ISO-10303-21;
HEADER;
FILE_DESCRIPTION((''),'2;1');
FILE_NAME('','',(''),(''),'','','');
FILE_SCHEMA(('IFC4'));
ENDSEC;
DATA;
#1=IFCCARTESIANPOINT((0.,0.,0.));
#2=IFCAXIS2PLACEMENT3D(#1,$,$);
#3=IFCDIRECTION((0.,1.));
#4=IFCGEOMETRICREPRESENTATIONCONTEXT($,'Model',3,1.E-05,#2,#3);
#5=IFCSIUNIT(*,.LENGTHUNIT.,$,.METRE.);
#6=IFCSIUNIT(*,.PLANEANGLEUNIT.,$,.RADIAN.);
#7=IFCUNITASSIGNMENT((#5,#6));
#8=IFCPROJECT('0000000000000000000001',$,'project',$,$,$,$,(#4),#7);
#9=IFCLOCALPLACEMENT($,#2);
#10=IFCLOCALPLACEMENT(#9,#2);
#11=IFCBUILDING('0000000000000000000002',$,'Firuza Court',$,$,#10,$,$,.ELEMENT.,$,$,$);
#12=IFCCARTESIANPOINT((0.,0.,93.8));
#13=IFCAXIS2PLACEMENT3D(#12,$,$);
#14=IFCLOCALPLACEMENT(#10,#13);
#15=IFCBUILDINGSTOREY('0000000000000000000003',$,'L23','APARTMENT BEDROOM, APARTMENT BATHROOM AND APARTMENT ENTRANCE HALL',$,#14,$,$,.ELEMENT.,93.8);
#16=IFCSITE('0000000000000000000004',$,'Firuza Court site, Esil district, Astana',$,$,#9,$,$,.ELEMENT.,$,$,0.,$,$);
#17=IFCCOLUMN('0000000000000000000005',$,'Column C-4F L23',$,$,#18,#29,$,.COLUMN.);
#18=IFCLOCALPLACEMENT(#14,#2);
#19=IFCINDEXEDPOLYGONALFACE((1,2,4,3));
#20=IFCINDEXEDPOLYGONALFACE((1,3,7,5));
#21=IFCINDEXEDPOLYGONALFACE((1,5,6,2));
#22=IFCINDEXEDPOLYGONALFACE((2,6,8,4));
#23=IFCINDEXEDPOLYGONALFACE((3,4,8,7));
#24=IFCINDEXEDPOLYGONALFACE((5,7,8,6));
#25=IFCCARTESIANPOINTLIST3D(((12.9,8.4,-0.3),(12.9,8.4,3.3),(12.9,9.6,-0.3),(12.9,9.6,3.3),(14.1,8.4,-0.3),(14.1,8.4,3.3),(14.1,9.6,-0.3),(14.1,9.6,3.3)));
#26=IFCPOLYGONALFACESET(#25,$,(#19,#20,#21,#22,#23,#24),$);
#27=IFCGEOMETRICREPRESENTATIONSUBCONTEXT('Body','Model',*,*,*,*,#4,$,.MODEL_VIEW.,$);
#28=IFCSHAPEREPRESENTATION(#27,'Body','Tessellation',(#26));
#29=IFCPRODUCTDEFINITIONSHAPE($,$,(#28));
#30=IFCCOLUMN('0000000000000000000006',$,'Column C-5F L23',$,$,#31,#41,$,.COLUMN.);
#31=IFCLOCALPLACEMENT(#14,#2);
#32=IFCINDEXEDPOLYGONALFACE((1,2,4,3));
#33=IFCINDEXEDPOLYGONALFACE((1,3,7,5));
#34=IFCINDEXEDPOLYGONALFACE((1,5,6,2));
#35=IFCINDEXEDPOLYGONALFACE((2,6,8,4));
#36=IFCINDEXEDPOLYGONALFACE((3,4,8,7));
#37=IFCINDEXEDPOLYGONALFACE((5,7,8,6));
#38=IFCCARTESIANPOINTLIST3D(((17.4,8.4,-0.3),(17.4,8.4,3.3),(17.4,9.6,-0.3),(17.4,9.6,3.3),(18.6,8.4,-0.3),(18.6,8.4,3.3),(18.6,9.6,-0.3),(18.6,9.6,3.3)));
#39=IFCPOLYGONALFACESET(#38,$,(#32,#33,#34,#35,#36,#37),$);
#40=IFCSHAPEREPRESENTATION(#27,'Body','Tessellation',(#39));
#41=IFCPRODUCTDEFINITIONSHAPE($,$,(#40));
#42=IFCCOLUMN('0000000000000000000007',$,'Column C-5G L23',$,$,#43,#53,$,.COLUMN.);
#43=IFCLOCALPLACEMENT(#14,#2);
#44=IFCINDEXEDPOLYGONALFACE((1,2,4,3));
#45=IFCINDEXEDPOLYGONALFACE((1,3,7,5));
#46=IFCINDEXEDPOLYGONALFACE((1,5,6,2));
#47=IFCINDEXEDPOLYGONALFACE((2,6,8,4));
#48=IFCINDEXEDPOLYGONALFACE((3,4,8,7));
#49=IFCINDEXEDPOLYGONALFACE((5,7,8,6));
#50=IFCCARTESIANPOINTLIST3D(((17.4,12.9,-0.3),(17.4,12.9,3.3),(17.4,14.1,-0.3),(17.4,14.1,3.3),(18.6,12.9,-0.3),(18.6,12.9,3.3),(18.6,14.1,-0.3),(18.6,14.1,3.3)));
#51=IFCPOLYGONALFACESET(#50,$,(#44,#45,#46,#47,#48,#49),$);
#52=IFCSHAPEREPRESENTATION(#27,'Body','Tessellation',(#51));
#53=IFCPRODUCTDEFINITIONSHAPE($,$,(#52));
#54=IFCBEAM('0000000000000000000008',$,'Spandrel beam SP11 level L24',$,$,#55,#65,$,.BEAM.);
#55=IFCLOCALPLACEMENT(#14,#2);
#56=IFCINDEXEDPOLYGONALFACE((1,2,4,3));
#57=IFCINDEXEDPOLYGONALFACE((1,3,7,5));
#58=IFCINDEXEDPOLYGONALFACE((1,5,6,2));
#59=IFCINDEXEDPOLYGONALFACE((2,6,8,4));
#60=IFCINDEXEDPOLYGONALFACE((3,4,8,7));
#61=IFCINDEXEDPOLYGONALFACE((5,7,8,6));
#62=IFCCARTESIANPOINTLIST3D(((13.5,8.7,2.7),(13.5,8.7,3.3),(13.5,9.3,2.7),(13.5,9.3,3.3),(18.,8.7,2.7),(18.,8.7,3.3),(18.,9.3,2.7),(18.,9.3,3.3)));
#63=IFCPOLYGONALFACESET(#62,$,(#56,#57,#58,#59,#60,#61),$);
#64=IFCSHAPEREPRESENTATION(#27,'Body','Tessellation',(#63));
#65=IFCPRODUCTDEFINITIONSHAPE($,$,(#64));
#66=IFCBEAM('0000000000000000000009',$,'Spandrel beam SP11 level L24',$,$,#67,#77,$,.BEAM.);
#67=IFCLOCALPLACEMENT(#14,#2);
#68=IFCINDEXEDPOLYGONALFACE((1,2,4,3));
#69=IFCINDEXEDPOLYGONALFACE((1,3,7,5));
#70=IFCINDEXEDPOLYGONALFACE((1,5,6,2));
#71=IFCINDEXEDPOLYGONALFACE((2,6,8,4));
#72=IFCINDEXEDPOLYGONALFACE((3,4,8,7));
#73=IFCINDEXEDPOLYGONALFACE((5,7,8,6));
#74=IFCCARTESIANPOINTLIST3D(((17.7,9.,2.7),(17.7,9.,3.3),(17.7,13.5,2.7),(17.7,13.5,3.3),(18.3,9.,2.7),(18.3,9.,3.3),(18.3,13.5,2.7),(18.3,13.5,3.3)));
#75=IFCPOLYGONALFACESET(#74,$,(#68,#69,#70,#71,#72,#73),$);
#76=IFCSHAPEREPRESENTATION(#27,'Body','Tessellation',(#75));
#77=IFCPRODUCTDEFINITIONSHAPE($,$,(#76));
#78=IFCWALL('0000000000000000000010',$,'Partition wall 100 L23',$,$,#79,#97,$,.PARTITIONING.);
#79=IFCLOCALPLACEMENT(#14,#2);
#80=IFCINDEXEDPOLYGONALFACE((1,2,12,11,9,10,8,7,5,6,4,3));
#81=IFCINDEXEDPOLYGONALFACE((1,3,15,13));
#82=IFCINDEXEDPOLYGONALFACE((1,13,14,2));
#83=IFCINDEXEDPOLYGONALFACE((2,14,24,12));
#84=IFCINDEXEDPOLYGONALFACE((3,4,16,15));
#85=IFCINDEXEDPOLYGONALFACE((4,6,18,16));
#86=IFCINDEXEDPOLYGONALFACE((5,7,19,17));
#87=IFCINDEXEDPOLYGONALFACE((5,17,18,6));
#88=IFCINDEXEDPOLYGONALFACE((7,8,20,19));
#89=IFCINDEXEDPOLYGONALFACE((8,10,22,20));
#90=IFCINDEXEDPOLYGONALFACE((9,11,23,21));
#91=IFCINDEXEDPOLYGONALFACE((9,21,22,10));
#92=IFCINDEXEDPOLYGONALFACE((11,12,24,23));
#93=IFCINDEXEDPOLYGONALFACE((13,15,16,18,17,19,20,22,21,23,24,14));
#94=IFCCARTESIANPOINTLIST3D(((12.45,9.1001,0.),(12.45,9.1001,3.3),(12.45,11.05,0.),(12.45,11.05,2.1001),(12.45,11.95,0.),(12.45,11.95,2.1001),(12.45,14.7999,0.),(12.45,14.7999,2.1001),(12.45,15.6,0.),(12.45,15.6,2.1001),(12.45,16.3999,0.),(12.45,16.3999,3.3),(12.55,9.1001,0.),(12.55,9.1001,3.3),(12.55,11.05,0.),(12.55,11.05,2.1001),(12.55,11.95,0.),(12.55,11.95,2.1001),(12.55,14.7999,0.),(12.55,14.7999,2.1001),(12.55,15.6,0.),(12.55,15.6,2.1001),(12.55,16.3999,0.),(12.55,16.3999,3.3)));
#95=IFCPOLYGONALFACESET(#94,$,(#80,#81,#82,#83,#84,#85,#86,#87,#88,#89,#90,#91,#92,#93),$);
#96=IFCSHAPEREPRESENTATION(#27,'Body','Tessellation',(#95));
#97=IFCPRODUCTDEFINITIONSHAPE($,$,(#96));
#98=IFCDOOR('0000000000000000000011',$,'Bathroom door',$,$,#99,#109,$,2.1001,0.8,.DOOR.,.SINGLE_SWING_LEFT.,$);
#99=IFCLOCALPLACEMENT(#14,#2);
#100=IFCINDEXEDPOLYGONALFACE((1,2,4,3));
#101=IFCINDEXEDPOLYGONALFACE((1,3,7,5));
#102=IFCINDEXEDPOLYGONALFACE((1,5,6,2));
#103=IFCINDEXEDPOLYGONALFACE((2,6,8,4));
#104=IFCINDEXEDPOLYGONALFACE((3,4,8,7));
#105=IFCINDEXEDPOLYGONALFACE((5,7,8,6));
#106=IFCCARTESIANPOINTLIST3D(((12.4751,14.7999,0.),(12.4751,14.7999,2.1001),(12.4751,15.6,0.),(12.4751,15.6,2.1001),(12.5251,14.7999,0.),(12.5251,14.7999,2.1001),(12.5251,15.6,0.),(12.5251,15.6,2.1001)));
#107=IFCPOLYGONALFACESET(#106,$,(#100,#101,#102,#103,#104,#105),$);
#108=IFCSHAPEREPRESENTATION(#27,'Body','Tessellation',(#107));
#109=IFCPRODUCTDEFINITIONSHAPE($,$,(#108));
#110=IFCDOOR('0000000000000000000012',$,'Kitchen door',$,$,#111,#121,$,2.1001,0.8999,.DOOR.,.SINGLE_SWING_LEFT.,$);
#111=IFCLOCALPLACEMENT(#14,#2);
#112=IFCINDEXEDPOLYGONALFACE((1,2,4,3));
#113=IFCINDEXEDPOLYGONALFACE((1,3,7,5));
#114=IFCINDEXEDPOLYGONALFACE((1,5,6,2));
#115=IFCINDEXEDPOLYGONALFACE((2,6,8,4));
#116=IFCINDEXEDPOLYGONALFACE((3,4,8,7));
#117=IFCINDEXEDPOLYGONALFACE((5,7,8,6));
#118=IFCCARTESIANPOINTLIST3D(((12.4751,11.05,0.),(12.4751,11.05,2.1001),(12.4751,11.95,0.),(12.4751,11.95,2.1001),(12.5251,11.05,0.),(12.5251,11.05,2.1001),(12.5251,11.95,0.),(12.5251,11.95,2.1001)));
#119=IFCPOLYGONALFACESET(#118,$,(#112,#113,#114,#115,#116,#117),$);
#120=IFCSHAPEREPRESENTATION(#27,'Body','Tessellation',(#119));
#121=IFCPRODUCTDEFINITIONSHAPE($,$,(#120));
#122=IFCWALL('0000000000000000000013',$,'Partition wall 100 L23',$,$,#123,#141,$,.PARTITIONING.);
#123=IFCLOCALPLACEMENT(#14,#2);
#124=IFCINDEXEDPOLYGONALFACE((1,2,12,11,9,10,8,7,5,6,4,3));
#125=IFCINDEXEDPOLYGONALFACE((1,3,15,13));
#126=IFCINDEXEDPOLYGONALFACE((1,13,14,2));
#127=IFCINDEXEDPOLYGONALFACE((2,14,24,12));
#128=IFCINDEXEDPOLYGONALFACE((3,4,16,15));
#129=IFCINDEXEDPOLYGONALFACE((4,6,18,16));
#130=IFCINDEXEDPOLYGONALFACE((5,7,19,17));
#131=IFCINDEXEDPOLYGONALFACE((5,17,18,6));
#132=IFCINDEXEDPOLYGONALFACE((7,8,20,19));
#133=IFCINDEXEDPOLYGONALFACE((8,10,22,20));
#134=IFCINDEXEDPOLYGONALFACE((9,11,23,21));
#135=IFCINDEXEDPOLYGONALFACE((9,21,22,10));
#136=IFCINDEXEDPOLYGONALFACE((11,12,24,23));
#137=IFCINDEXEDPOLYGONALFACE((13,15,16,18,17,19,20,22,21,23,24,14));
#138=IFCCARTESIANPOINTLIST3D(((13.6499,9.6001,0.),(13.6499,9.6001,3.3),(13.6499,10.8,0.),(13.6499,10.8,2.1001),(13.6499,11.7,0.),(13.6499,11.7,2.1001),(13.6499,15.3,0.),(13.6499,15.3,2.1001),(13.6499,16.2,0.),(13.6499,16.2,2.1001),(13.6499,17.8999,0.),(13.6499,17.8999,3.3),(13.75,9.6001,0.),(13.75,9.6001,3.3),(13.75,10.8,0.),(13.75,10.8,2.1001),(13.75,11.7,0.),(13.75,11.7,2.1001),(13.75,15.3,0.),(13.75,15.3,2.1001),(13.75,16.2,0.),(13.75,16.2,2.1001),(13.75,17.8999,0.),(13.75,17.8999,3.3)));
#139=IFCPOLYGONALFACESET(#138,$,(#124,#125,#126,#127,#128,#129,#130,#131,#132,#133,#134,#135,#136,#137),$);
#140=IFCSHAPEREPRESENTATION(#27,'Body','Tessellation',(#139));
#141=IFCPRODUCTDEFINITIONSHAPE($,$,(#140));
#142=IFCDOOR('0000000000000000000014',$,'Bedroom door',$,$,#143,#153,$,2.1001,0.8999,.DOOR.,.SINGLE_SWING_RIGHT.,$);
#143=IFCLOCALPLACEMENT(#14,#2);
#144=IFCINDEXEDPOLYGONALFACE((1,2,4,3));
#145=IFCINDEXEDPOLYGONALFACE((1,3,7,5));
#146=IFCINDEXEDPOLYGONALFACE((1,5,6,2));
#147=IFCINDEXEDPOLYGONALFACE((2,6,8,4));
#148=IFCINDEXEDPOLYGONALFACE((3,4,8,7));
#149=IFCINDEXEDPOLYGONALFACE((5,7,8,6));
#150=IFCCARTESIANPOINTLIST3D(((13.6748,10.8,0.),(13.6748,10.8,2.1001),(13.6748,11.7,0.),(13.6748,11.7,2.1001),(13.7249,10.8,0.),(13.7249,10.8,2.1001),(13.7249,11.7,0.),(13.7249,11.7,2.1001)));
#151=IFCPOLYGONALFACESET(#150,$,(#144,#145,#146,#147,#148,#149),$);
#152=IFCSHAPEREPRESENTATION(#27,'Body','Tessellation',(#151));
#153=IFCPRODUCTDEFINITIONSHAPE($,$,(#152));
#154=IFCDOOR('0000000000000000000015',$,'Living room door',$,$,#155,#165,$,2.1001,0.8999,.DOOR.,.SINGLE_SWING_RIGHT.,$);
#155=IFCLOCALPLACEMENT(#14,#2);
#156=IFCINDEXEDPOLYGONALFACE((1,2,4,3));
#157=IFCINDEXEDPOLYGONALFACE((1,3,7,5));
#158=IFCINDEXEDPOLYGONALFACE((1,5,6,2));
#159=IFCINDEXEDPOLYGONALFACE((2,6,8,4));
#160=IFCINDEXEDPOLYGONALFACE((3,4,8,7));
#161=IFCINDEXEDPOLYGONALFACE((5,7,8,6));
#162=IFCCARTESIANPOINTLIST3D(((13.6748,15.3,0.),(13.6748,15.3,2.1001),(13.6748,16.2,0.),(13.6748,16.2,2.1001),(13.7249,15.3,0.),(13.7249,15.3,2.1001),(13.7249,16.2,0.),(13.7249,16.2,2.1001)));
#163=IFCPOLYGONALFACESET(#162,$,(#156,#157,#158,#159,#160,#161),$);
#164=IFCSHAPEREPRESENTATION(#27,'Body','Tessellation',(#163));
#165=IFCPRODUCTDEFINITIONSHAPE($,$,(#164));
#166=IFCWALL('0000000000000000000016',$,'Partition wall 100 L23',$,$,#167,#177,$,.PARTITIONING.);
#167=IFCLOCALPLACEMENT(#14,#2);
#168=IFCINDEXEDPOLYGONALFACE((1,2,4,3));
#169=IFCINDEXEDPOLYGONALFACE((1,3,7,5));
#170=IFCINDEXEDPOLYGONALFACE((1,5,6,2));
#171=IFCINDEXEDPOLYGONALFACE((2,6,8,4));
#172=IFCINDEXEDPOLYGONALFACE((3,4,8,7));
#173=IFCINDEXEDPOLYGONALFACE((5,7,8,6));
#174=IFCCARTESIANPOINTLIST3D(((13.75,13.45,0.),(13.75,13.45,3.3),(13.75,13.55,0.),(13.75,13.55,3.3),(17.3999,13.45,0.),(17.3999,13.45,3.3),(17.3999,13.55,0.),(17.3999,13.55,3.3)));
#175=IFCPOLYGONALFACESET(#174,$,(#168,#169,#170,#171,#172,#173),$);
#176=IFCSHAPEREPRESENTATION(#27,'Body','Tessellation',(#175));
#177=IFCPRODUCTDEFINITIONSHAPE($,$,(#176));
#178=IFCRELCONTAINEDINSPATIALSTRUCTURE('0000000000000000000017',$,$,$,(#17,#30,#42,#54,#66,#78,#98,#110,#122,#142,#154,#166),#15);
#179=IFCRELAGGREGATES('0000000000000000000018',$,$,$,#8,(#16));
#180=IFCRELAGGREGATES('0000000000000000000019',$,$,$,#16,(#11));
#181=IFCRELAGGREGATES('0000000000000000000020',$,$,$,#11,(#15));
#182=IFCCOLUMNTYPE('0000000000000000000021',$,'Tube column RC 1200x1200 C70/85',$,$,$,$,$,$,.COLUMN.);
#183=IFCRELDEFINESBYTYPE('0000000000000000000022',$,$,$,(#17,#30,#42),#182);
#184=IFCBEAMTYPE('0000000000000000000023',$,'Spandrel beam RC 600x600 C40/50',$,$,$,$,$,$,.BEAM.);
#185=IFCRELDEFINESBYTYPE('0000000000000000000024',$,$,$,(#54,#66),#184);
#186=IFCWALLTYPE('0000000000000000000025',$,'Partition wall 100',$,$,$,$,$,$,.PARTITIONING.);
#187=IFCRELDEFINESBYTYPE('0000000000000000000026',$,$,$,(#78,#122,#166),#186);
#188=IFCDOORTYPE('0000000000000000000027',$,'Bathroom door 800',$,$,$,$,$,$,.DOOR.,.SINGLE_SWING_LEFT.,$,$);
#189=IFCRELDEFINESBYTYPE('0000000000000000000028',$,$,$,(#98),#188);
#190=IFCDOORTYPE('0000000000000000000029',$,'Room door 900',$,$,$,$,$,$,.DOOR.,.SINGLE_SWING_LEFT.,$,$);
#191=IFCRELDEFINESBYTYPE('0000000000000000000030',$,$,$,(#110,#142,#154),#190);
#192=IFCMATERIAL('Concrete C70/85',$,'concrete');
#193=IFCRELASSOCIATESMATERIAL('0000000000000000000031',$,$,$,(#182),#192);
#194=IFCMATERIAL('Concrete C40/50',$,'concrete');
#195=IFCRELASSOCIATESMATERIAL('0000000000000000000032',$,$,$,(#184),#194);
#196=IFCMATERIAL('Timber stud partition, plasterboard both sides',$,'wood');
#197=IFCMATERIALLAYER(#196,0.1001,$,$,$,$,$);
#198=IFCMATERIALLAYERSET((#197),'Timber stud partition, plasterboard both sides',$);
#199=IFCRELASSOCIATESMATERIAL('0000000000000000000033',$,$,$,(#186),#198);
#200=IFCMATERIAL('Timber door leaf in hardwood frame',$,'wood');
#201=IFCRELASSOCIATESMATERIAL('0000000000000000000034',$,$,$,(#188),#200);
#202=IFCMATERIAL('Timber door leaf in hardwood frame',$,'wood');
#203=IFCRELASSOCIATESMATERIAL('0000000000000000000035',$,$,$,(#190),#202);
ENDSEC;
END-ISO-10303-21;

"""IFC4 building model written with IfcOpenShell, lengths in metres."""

from ifc_helpers import new_model, si_unit, direction, frame, frame_2d, origin, origin_2d, place, context, subcontext, project, spatial, rectangle, extrude, material, layer, layer_set, material_profile, profile_set, type_object, element, fill, save


model = new_model("IFC4")

# Units and contexts
model_context = context("Model", 3, precision=1e-05, world=origin(), true_north=direction((0.0, 1.0)))
body_context = subcontext(model_context, "Body", "Model", "MODEL_VIEW")
ifc_project = project(units=[si_unit("LENGTHUNIT", "METRE"), si_unit("PLANEANGLEUNIT", "RADIAN")], contexts=[model_context])

# Site, building, storey
site_placement = place(None, origin())
site = spatial("IfcSite", under=ifc_project, at=site_placement, Name="Firuza Court site, Esil district, Astana", CompositionType="ELEMENT", RefElevation=0.0)
building_placement = place(site_placement, origin())
building = spatial("IfcBuilding", under=site, at=building_placement, Name="Firuza Court", CompositionType="ELEMENT")
storey_placement = place(building_placement, frame((0.0, 0.0, 93.8)))
storey = spatial("IfcBuildingStorey", under=building, at=storey_placement, Name="L23", Description="APARTMENT BEDROOM, APARTMENT BATHROOM AND APARTMENT ENTRANCE HALL", CompositionType="ELEMENT", Elevation=93.8)

# Columns
ifc_material_1 = material(Name="Concrete C70/85", Category="concrete")
ifc_material_profile_1 = material_profile(ifc_material_1, rectangle(XDim=1.2, YDim=1.2, at=origin_2d()), Name="RC 1200x1200")
ifc_profile_set_1 = profile_set([ifc_material_profile_1], Name="Concrete C70/85")
column_type = type_object("IfcColumnType", Name="Tube column RC 1200x1200 C70/85", PredefinedType="COLUMN", material=ifc_profile_set_1)
for number, where, z_axis, x_axis, name in (
    (1, (13.5, 9.0, -0.3), (0.0, 0.0, 1.0), (1.0, 0.0, 0.0), "Column C-4F L23"),
    (2, (18.0, 9.0, -0.3), (0.0, 0.0, 1.0), (1.0, 0.0, 0.0), "Column C-5F L23"),
    (3, (18.0, 13.5, -0.3), (0.0, 0.0, 1.0), (1.0, 0.0, 0.0), "Column C-5G L23"),
):
    element("IfcColumn", number, at=place(storey_placement, frame(where, z_axis=z_axis, x_axis=x_axis)), inside=storey, type_object=column_type, Name=name, PredefinedType="COLUMN", context=body_context, shape_type="SweptSolid", body=[
        extrude(rectangle(XDim=1.2, YDim=1.2, at=origin_2d()), origin(), (0.0, 0.0, 1.0), 3.6001),
    ])

# Beams
ifc_material_2 = material(Name="Concrete C40/50", Category="concrete")
ifc_material_profile_2 = material_profile(ifc_material_2, rectangle(XDim=0.6001, YDim=0.6001, at=origin_2d()), Name="RC 600x600")
ifc_profile_set_2 = profile_set([ifc_material_profile_2], Name="Concrete C40/50")
beam_type = type_object("IfcBeamType", Name="Spandrel beam RC 600x600 C40/50", PredefinedType="BEAM", material=ifc_profile_set_2)
for number, where, z_axis, x_axis, name in (
    (4, (13.5, 9.0, 3.0), (1.0, 0.0, 0.0), (0.0, 1.0, 0.0), "Spandrel beam SP11 level L24"),
    (5, (18.0, 9.0, 3.0), (0.0, 1.0, 0.0), (-1.0, 0.0, 0.0), "Spandrel beam SP11 level L24"),
):
    element("IfcBeam", number, at=place(storey_placement, frame(where, z_axis=z_axis, x_axis=x_axis)), inside=storey, type_object=beam_type, Name=name, PredefinedType="BEAM", context=body_context, shape_type="SweptSolid", body=[
        extrude(rectangle(XDim=0.6001, YDim=0.6001, at=origin_2d()), origin(), (0.0, 0.0, 1.0), 4.5),
    ])

# Walls, openings, doors
ifc_material_3 = material(Name="Timber stud partition, plasterboard both sides", Category="wood")
ifc_layer_1 = layer(ifc_material_3, 0.1001)
ifc_layer_set_1 = layer_set([ifc_layer_1], Name="Timber stud partition, plasterboard both sides")
wall_type_1 = type_object("IfcWallType", Name="Partition wall 100", PredefinedType="PARTITIONING", material=ifc_layer_set_1)
wall_1_placement = place(storey_placement, frame((12.5, 9.1001, 0.0), z_axis=(0.0, 0.0, 1.0), x_axis=(0.0, 1.0, 0.0)))
wall_1 = element("IfcWall", 6, at=wall_1_placement, inside=storey, type_object=wall_type_1, Name="Partition wall 100 L23", PredefinedType="PARTITIONING", context=body_context, shape_type="SweptSolid", body=[
    extrude(rectangle(XDim=7.2998, YDim=0.1001, at=frame_2d((3.6499, 0.0))), origin(), (0.0, 0.0, 1.0), 3.3),
])
opening_1_placement = place(wall_1_placement, frame((5.7, 0.0, 0.0)))
opening_1 = element("IfcOpeningElement", 7, at=opening_1_placement, cuts=wall_1, PredefinedType="OPENING", context=body_context, shape_type="SweptSolid", body=[
    extrude(rectangle(XDim=0.8, YDim=2.1001, at=frame_2d((0.3999, 1.05))), frame((0.0, 0.062, 0.0), z_axis=(0.0, -1.0, 0.0), x_axis=(1.0, 0.0, 0.0)), (0.0, 0.0, 1.0), 0.124),
])
opening_2_placement = place(wall_1_placement, frame((1.95, 0.0, 0.0)))
opening_2 = element("IfcOpeningElement", 8, at=opening_2_placement, cuts=wall_1, PredefinedType="OPENING", context=body_context, shape_type="SweptSolid", body=[
    extrude(rectangle(XDim=0.8999, YDim=2.1001, at=frame_2d((0.45, 1.05))), frame((0.0, 0.062, 0.0), z_axis=(0.0, -1.0, 0.0), x_axis=(1.0, 0.0, 0.0)), (0.0, 0.0, 1.0), 0.124),
])
ifc_material_4 = material(Name="Timber door leaf in hardwood frame", Category="wood")
door_type_1 = type_object("IfcDoorType", Name="Bathroom door 800", OperationType="SINGLE_SWING_LEFT", PredefinedType="DOOR", material=ifc_material_4)
door_1_placement = place(opening_1_placement, origin())
door_1 = element("IfcDoor", 9, at=door_1_placement, inside=storey, type_object=door_type_1, Name="Bathroom door", OperationType="SINGLE_SWING_LEFT", OverallHeight=2.1001, OverallWidth=0.8, PredefinedType="DOOR", context=body_context, shape_type="SweptSolid", body=[
    extrude(rectangle(XDim=0.8, YDim=2.1001, at=frame_2d((0.3999, 1.05))), frame((0.0, 0.0249, 0.0), z_axis=(0.0, -1.0, 0.0), x_axis=(1.0, 0.0, 0.0)), (0.0, 0.0, 1.0), 0.05),
])
fill(opening_1, door_1)
ifc_material_5 = material(Name="Timber door leaf in hardwood frame", Category="wood")
door_type_2 = type_object("IfcDoorType", Name="Room door 900", OperationType="SINGLE_SWING_LEFT", PredefinedType="DOOR", material=ifc_material_5)
door_2_placement = place(opening_2_placement, origin())
door_2 = element("IfcDoor", 10, at=door_2_placement, inside=storey, type_object=door_type_2, Name="Kitchen door", OperationType="SINGLE_SWING_LEFT", OverallHeight=2.1001, OverallWidth=0.8999, PredefinedType="DOOR", context=body_context, shape_type="SweptSolid", body=[
    extrude(rectangle(XDim=0.8999, YDim=2.1001, at=frame_2d((0.45, 1.05))), frame((0.0, 0.0249, 0.0), z_axis=(0.0, -1.0, 0.0), x_axis=(1.0, 0.0, 0.0)), (0.0, 0.0, 1.0), 0.05),
])
fill(opening_2, door_2)
wall_2_placement = place(storey_placement, frame((13.7, 9.6001, 0.0), z_axis=(0.0, 0.0, 1.0), x_axis=(0.0, 1.0, 0.0)))
wall_2 = element("IfcWall", 11, at=wall_2_placement, inside=storey, type_object=wall_type_1, Name="Partition wall 100 L23", PredefinedType="PARTITIONING", context=body_context, shape_type="SweptSolid", body=[
    extrude(rectangle(XDim=8.2998, YDim=0.1001, at=frame_2d((4.1499, 0.0))), origin(), (0.0, 0.0, 1.0), 3.3),
])
opening_3_placement = place(wall_2_placement, frame((1.2, 0.0, 0.0)))
opening_3 = element("IfcOpeningElement", 12, at=opening_3_placement, cuts=wall_2, PredefinedType="OPENING", context=body_context, shape_type="SweptSolid", body=[
    extrude(rectangle(XDim=0.8999, YDim=2.1001, at=frame_2d((0.45, 1.05))), frame((0.0, 0.062, 0.0), z_axis=(0.0, -1.0, 0.0), x_axis=(1.0, 0.0, 0.0)), (0.0, 0.0, 1.0), 0.124),
])
opening_4_placement = place(wall_2_placement, frame((5.7, 0.0, 0.0)))
opening_4 = element("IfcOpeningElement", 13, at=opening_4_placement, cuts=wall_2, PredefinedType="OPENING", context=body_context, shape_type="SweptSolid", body=[
    extrude(rectangle(XDim=0.8999, YDim=2.1001, at=frame_2d((0.45, 1.05))), frame((0.0, 0.062, 0.0), z_axis=(0.0, -1.0, 0.0), x_axis=(1.0, 0.0, 0.0)), (0.0, 0.0, 1.0), 0.124),
])
door_3_placement = place(opening_3_placement, frame((0.8999, 0.0, 0.0), z_axis=(0.0, 0.0, 1.0), x_axis=(-1.0, 0.0, 0.0)))
door_3 = element("IfcDoor", 14, at=door_3_placement, inside=storey, type_object=door_type_2, Name="Bedroom door", OperationType="SINGLE_SWING_RIGHT", OverallHeight=2.1001, OverallWidth=0.8999, PredefinedType="DOOR", context=body_context, shape_type="SweptSolid", body=[
    extrude(rectangle(XDim=0.8999, YDim=2.1001, at=frame_2d((0.45, 1.05))), frame((0.0, 0.0249, 0.0), z_axis=(0.0, -1.0, 0.0), x_axis=(1.0, 0.0, 0.0)), (0.0, 0.0, 1.0), 0.05),
])
fill(opening_3, door_3)
door_4_placement = place(opening_4_placement, frame((0.8999, 0.0, 0.0), z_axis=(0.0, 0.0, 1.0), x_axis=(-1.0, 0.0, 0.0)))
door_4 = element("IfcDoor", 15, at=door_4_placement, inside=storey, type_object=door_type_2, Name="Living room door", OperationType="SINGLE_SWING_RIGHT", OverallHeight=2.1001, OverallWidth=0.8999, PredefinedType="DOOR", context=body_context, shape_type="SweptSolid", body=[
    extrude(rectangle(XDim=0.8999, YDim=2.1001, at=frame_2d((0.45, 1.05))), frame((0.0, 0.0249, 0.0), z_axis=(0.0, -1.0, 0.0), x_axis=(1.0, 0.0, 0.0)), (0.0, 0.0, 1.0), 0.05),
])
fill(opening_4, door_4)

# Wall
wall_3_placement = place(storey_placement, frame((13.75, 13.5, 0.0), z_axis=(0.0, 0.0, 1.0), x_axis=(1.0, 0.0, 0.0)))
element("IfcWall", 16, at=wall_3_placement, inside=storey, type_object=wall_type_1, Name="Partition wall 100 L23", PredefinedType="PARTITIONING", context=body_context, shape_type="SweptSolid", body=[
    extrude(rectangle(XDim=3.6499, YDim=0.1001, at=frame_2d((1.825, 0.0))), origin(), (0.0, 0.0, 1.0), 3.3),
])

save(model, "model.ifc")
